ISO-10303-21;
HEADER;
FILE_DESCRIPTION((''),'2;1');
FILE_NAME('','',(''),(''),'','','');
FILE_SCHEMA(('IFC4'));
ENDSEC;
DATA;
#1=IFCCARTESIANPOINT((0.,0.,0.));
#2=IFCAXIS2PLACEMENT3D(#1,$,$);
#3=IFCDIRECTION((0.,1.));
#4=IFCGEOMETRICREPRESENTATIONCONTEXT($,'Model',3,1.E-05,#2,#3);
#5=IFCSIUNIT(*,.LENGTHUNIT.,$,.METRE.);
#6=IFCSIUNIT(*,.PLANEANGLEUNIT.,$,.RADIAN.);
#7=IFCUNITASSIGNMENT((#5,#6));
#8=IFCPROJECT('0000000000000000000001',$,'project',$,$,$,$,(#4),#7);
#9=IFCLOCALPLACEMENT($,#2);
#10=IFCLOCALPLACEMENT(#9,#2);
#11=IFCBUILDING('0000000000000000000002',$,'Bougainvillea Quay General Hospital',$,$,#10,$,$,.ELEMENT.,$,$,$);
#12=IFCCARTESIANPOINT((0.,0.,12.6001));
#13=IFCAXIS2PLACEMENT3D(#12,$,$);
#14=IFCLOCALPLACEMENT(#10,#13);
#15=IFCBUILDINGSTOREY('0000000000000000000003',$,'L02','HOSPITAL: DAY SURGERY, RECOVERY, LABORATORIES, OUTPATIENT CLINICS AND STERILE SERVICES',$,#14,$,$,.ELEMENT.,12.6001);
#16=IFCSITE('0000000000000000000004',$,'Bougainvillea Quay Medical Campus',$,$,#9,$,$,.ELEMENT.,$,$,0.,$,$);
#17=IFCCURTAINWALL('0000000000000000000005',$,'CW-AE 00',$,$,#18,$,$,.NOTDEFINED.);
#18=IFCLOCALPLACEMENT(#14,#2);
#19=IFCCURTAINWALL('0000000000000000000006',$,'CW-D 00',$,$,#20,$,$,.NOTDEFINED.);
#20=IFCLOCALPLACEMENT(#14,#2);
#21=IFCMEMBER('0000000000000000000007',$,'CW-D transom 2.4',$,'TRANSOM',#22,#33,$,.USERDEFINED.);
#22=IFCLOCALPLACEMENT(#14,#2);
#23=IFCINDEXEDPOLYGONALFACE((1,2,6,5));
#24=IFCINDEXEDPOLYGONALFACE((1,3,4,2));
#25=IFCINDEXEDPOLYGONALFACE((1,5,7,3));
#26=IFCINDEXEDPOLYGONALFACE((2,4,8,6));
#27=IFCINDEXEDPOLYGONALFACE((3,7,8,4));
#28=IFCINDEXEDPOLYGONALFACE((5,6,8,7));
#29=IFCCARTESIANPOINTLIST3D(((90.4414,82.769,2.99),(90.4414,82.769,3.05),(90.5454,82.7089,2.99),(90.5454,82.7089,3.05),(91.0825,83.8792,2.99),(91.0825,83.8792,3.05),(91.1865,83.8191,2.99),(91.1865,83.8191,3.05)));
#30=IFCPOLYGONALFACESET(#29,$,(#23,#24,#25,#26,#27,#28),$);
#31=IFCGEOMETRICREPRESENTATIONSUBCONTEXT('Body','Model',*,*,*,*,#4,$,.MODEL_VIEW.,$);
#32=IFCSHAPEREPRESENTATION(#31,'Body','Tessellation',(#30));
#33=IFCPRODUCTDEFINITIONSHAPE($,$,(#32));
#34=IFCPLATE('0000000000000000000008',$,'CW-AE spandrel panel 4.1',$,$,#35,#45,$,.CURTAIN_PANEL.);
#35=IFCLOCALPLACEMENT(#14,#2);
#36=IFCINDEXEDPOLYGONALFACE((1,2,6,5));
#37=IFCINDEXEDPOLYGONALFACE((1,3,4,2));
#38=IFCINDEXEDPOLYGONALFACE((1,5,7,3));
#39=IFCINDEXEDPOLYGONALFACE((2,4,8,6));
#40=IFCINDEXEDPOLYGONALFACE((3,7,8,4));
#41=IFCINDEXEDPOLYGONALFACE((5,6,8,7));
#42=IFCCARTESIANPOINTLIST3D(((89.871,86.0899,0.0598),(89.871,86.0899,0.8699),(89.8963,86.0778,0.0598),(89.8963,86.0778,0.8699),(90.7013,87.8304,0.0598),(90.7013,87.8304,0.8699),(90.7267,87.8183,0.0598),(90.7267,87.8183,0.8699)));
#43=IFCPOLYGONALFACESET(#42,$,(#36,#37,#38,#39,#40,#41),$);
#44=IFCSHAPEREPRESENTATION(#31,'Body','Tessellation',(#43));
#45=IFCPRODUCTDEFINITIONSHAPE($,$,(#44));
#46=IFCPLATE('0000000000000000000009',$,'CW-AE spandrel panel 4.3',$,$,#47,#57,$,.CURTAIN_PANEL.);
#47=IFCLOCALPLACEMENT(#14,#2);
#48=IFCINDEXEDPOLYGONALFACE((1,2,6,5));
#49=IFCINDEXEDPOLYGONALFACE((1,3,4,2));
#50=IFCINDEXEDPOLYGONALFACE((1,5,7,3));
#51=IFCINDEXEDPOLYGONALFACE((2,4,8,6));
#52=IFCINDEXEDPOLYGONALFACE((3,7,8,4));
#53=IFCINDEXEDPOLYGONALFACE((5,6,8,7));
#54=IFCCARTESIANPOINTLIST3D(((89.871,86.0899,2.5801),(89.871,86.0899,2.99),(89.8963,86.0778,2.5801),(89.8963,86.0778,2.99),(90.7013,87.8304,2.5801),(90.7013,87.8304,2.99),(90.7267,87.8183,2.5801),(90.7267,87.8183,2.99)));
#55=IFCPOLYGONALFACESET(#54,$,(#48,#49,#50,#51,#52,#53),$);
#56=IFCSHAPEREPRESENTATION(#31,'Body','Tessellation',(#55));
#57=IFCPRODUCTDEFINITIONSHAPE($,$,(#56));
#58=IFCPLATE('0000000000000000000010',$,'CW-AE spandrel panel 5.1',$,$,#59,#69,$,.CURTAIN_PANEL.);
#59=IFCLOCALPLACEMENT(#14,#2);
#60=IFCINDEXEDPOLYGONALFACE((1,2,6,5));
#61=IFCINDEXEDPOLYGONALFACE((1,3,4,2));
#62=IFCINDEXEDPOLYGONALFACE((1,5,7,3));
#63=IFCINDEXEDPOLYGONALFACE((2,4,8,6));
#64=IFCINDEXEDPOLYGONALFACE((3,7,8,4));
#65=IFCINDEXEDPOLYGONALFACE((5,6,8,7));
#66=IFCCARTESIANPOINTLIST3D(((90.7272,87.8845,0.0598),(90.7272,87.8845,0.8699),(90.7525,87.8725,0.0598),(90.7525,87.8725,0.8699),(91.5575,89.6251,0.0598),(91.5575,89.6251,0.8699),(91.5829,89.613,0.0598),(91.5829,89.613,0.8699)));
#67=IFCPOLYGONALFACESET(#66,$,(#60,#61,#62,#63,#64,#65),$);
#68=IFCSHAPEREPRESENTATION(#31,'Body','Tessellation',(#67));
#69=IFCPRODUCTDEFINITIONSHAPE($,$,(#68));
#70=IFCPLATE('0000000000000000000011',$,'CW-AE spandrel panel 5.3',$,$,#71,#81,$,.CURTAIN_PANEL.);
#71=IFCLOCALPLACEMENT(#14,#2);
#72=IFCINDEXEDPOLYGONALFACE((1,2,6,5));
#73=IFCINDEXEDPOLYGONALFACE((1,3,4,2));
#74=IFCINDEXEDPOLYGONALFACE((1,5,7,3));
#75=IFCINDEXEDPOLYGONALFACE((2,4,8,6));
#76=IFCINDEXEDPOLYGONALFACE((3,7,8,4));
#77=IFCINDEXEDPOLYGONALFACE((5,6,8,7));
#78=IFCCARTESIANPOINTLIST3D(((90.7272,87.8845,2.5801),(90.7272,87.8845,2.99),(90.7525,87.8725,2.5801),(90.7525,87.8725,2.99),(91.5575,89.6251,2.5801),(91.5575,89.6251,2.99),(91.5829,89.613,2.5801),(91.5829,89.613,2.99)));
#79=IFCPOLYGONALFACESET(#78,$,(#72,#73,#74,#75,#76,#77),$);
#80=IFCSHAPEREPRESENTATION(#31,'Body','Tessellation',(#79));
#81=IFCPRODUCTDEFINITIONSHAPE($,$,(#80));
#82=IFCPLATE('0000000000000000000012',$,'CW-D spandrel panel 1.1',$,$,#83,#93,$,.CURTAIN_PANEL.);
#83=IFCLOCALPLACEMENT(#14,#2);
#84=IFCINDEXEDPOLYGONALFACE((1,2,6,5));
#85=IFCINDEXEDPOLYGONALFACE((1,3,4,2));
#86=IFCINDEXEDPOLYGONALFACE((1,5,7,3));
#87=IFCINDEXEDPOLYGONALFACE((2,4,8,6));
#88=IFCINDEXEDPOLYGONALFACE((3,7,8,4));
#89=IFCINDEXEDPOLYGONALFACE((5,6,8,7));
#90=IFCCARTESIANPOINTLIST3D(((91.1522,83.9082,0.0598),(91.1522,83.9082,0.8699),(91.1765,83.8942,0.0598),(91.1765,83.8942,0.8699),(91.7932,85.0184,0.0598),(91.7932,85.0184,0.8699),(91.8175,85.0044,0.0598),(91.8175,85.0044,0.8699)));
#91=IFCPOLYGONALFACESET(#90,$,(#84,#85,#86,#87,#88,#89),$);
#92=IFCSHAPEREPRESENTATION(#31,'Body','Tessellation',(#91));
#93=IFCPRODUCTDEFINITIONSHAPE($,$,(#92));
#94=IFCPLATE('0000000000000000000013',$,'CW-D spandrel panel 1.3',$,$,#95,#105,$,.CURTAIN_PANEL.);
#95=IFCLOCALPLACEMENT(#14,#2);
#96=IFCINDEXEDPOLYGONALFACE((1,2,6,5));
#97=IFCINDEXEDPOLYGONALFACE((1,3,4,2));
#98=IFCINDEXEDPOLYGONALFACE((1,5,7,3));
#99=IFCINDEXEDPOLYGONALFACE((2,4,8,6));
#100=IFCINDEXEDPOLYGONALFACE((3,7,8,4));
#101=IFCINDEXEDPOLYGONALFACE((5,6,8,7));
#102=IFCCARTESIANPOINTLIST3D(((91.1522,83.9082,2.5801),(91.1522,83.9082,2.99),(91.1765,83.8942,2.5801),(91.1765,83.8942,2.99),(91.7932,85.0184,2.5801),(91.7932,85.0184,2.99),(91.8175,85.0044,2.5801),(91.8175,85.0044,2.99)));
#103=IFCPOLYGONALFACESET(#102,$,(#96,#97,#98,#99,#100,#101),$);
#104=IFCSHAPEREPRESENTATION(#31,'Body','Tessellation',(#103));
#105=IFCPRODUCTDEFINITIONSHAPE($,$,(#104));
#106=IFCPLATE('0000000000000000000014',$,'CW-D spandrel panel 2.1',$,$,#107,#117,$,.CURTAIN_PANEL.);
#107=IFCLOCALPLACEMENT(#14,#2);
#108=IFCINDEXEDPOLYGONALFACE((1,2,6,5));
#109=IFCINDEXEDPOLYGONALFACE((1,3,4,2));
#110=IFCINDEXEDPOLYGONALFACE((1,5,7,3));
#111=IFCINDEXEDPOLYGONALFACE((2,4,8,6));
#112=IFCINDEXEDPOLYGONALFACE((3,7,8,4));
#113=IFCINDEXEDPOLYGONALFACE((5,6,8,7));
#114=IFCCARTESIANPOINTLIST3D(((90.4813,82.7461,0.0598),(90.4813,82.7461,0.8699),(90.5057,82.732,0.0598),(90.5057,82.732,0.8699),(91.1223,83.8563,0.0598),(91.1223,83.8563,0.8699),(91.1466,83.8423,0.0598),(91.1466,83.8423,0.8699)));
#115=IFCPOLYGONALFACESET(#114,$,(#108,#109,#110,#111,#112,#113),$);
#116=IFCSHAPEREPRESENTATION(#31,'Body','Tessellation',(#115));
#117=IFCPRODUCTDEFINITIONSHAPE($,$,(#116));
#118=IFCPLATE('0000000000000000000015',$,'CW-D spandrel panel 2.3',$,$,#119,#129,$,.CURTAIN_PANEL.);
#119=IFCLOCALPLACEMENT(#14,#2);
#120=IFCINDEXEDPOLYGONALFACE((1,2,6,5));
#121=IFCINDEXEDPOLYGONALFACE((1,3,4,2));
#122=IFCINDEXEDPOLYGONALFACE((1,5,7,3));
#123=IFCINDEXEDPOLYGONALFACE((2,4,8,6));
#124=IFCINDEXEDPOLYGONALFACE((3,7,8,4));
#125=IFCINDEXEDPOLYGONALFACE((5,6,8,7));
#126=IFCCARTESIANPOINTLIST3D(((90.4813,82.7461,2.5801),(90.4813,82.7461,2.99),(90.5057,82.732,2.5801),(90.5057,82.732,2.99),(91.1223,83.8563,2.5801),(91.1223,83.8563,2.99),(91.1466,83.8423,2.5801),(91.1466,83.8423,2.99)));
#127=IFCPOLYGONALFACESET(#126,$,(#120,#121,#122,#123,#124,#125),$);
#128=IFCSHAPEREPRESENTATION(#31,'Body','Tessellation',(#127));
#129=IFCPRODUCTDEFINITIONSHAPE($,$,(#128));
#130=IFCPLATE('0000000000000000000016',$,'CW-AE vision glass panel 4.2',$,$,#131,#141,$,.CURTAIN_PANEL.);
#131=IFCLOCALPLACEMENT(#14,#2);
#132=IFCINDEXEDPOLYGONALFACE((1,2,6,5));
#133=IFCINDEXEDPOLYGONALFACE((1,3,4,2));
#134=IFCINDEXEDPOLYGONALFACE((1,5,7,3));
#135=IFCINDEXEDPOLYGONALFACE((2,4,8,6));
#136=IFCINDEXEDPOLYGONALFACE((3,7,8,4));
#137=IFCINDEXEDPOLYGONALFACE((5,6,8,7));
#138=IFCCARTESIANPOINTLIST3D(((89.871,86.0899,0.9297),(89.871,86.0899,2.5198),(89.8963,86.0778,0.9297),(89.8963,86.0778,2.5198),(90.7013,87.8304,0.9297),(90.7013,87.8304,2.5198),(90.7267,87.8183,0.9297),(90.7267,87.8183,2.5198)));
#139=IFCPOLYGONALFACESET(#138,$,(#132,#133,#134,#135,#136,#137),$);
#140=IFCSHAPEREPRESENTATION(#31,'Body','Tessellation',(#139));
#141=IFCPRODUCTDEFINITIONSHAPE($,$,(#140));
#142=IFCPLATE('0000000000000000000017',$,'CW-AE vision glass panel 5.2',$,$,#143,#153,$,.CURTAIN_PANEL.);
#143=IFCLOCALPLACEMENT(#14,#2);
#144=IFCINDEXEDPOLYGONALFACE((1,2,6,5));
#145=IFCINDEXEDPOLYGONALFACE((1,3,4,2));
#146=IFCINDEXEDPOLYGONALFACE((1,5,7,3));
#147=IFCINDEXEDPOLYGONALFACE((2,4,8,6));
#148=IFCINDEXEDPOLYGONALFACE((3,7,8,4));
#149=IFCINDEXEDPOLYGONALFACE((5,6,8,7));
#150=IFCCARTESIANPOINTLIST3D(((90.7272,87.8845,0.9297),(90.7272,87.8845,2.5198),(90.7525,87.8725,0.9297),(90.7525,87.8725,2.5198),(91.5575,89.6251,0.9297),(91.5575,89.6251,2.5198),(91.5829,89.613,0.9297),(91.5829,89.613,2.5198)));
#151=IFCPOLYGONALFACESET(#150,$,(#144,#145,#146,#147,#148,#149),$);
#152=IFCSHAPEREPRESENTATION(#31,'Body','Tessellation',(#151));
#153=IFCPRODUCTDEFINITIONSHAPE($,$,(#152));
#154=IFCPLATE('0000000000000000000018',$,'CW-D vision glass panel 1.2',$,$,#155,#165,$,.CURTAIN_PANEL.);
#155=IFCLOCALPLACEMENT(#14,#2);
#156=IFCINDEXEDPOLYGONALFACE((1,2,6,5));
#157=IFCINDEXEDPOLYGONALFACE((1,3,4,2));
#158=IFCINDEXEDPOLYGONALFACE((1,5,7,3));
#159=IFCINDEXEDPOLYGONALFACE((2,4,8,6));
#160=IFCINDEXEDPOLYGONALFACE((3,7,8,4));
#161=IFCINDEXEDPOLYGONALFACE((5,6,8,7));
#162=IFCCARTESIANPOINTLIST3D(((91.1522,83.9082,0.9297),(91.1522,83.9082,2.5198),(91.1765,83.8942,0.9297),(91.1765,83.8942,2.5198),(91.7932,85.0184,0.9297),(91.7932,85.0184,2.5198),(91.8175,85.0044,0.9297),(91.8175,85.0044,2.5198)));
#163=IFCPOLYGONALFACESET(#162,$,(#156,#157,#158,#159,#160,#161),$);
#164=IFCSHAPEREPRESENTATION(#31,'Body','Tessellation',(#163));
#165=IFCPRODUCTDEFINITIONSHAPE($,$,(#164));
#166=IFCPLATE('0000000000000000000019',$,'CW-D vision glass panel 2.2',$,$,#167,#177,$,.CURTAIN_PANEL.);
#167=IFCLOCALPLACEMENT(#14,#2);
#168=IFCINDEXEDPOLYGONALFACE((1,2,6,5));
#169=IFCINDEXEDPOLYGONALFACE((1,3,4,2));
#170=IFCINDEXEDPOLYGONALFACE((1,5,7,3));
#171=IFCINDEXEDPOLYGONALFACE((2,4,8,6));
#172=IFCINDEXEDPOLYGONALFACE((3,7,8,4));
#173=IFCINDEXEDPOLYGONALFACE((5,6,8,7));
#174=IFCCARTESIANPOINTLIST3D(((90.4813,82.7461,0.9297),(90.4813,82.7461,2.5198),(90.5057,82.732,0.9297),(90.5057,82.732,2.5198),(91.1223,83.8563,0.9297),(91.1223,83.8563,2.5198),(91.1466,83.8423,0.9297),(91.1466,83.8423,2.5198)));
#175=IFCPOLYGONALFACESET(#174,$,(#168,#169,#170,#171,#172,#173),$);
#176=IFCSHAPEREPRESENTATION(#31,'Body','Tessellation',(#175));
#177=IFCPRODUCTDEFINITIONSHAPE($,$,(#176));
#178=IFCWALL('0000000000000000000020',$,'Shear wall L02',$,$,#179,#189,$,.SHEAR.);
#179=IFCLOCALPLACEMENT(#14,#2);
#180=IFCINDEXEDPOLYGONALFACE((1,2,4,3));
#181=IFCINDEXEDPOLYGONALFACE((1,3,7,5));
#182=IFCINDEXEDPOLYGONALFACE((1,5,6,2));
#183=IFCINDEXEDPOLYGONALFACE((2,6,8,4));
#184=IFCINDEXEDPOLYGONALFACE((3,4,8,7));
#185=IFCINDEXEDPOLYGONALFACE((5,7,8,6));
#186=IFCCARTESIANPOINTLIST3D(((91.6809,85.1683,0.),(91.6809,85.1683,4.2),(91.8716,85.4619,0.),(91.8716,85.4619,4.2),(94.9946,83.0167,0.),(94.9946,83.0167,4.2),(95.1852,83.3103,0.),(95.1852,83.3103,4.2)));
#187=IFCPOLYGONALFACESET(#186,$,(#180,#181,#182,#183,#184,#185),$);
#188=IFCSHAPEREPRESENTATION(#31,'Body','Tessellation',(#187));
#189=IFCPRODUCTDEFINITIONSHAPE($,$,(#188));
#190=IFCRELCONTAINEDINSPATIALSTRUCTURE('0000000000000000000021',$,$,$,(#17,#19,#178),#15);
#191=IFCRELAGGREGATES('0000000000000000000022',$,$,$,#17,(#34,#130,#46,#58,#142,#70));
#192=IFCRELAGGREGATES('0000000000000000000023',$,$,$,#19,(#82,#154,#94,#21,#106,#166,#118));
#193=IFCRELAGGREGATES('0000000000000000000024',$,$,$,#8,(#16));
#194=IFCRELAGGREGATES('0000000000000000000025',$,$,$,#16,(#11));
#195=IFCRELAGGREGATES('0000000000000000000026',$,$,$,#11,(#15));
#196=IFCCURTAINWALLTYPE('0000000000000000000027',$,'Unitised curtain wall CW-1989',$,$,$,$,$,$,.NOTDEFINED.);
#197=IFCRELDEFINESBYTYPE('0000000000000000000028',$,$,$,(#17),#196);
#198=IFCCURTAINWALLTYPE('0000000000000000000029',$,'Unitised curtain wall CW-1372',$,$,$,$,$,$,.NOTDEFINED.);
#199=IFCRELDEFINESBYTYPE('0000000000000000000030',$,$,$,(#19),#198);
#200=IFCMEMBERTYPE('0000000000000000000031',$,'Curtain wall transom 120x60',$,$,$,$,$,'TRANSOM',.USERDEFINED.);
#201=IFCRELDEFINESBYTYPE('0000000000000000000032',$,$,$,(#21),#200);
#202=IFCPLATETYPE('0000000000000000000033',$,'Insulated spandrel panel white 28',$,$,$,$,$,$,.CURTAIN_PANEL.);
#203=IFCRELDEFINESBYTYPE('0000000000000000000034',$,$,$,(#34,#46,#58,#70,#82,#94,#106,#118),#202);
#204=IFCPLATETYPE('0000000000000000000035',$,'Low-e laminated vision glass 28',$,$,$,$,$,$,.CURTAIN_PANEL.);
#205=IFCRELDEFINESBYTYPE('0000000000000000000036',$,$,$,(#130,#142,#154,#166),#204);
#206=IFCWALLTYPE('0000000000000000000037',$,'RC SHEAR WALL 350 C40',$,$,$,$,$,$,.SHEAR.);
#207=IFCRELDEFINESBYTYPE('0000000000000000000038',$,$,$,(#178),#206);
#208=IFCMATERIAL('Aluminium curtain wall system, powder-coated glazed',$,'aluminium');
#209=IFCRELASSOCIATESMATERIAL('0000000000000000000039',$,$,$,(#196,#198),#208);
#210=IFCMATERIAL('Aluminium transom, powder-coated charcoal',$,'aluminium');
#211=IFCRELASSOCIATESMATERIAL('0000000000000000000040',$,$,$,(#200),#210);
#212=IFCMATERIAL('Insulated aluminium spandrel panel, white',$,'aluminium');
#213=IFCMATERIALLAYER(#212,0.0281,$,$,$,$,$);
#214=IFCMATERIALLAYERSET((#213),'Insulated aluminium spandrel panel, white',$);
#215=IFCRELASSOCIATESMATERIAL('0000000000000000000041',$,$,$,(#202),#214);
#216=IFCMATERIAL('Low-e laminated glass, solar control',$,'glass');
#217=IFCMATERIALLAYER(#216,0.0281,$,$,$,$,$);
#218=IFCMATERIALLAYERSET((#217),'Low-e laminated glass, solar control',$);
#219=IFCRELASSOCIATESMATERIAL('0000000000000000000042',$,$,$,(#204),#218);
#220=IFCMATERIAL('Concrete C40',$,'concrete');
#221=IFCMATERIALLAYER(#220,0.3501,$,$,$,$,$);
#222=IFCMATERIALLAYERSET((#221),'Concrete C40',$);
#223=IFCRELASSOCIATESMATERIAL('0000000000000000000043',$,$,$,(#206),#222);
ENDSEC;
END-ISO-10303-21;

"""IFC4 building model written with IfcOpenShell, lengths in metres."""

from ifc_helpers import new_model, si_unit, direction, frame, frame_2d, origin, origin_2d, place, context, subcontext, project, spatial, rectangle, extrude, material, layer, layer_set, material_profile, profile_set, type_object, element, aggregate, save


model = new_model("IFC4")

# Units and contexts
model_context = context("Model", 3, precision=1e-05, world=origin(), true_north=direction((0.0, 1.0)))
body_context = subcontext(model_context, "Body", "Model", "MODEL_VIEW")
ifc_project = project(units=[si_unit("LENGTHUNIT", "METRE"), si_unit("PLANEANGLEUNIT", "RADIAN")], contexts=[model_context])

# Site, building, storey
site_placement = place(None, origin())
site = spatial("IfcSite", under=ifc_project, at=site_placement, Name="Bougainvillea Quay Medical Campus", CompositionType="ELEMENT", RefElevation=0.0)
building_placement = place(site_placement, origin())
building = spatial("IfcBuilding", under=site, at=building_placement, Name="Bougainvillea Quay General Hospital", CompositionType="ELEMENT")
storey_placement = place(building_placement, frame((0.0, 0.0, 12.6001)))
storey = spatial("IfcBuildingStorey", under=building, at=storey_placement, Name="L02", Description="HOSPITAL: DAY SURGERY, RECOVERY, LABORATORIES, OUTPATIENT CLINICS AND STERILE SERVICES", CompositionType="ELEMENT", Elevation=12.6001)

# Curtain wall
ifc_material_1 = material(Name="Aluminium curtain wall system, powder-coated glazed", Category="aluminium")
curtain_wall_type_1 = type_object("IfcCurtainWallType", Name="Unitised curtain wall CW-1989", PredefinedType="NOTDEFINED", material=ifc_material_1)
curtain_wall_1_placement = place(storey_placement, origin())
curtain_wall_1 = element("IfcCurtainWall", 1, at=curtain_wall_1_placement, inside=storey, type_object=curtain_wall_type_1, Name="CW-AE 00", PredefinedType="NOTDEFINED")

# Curtain wall
curtain_wall_type_2 = type_object("IfcCurtainWallType", Name="Unitised curtain wall CW-1372", PredefinedType="NOTDEFINED", material=ifc_material_1)
curtain_wall_2_placement = place(storey_placement, origin())
curtain_wall_2 = element("IfcCurtainWall", 2, at=curtain_wall_2_placement, inside=storey, type_object=curtain_wall_type_2, Name="CW-D 00", PredefinedType="NOTDEFINED")

# Member
ifc_material_2 = material(Name="Aluminium transom, powder-coated charcoal", Category="aluminium")
ifc_material_profile_1 = material_profile(ifc_material_2, rectangle(XDim=0.1201, YDim=0.0601, at=origin_2d()))
ifc_profile_set_1 = profile_set([ifc_material_profile_1], Name="Aluminium transom, powder-coated charcoal")
member_type_1 = type_object("IfcMemberType", Name="Curtain wall transom 120x60", ElementType="TRANSOM", PredefinedType="USERDEFINED", material=ifc_profile_set_1)
member_1_placement = place(storey_placement, frame((91.1345, 83.8491, 3.02), z_axis=(-0.500113, -0.86596, 0.0), x_axis=(0.86596, -0.500113, 0.0)))
member_1 = element("IfcMember", 3, at=member_1_placement, type_object=member_type_1, Name="CW-D transom 2.4", ObjectType="TRANSOM", PredefinedType="USERDEFINED", context=body_context, shape_type="SweptSolid", body=[
    extrude(rectangle(XDim=0.1201, YDim=0.0601, at=origin_2d()), origin(), (0.0, 0.0, 1.0), 1.282),
])

# Plates
ifc_material_3 = material(Name="Insulated aluminium spandrel panel, white", Category="aluminium")
ifc_layer_1 = layer(ifc_material_3, 0.0281)
ifc_layer_set_1 = layer_set([ifc_layer_1], Name="Insulated aluminium spandrel panel, white")
plate_type_1 = type_object("IfcPlateType", Name="Insulated spandrel panel white 28", PredefinedType="CURTAIN_PANEL", material=ifc_layer_set_1)
plate_1_placement = place(storey_placement, frame((90.2988, 86.9541, 0.0598), z_axis=(0.0, 0.0, 1.0), x_axis=(0.430563, 0.902561, 0.0)))
plate_1 = element("IfcPlate", 4, at=plate_1_placement, type_object=plate_type_1, Name="CW-AE spandrel panel 4.1", PredefinedType="CURTAIN_PANEL", context=body_context, shape_type="SweptSolid", body=[
    extrude(rectangle(XDim=1.9285, YDim=0.0281, at=origin_2d()), origin(), (0.0, 0.0, 1.0), 0.8101),
])
plate_2_placement = place(storey_placement, frame((90.2988, 86.9541, 2.5801), z_axis=(0.0, 0.0, 1.0), x_axis=(0.430563, 0.902561, 0.0)))
plate_2 = element("IfcPlate", 5, at=plate_2_placement, type_object=plate_type_1, Name="CW-AE spandrel panel 4.3", PredefinedType="CURTAIN_PANEL", context=body_context, shape_type="SweptSolid", body=[
    extrude(rectangle(XDim=1.9285, YDim=0.0281, at=origin_2d()), origin(), (0.0, 0.0, 1.0), 0.4099),
])
plate_3_placement = place(storey_placement, frame((91.155, 88.7488, 0.0598), z_axis=(0.0, 0.0, 1.0), x_axis=(0.430563, 0.902561, 0.0)))
plate_3 = element("IfcPlate", 6, at=plate_3_placement, type_object=plate_type_1, Name="CW-AE spandrel panel 5.1", PredefinedType="CURTAIN_PANEL", context=body_context, shape_type="SweptSolid", body=[
    extrude(rectangle(XDim=1.9285, YDim=0.0281, at=origin_2d()), origin(), (0.0, 0.0, 1.0), 0.8101),
])
plate_4_placement = place(storey_placement, frame((91.155, 88.7488, 2.5801), z_axis=(0.0, 0.0, 1.0), x_axis=(0.430563, 0.902561, 0.0)))
plate_4 = element("IfcPlate", 7, at=plate_4_placement, type_object=plate_type_1, Name="CW-AE spandrel panel 5.3", PredefinedType="CURTAIN_PANEL", context=body_context, shape_type="SweptSolid", body=[
    extrude(rectangle(XDim=1.9285, YDim=0.0281, at=origin_2d()), origin(), (0.0, 0.0, 1.0), 0.4099),
])
plate_5_placement = place(storey_placement, frame((91.4849, 84.4563, 0.0598), z_axis=(0.0, 0.0, 1.0), x_axis=(-0.499962, -0.866048, 0.0)))
plate_5 = element("IfcPlate", 8, at=plate_5_placement, type_object=plate_type_1, Name="CW-D spandrel panel 1.1", PredefinedType="CURTAIN_PANEL", context=body_context, shape_type="SweptSolid", body=[
    extrude(rectangle(XDim=1.282, YDim=0.0281, at=origin_2d()), origin(), (0.0, 0.0, 1.0), 0.8101),
])
plate_6_placement = place(storey_placement, frame((91.4849, 84.4563, 2.5801), z_axis=(0.0, 0.0, 1.0), x_axis=(-0.499962, -0.866048, 0.0)))
plate_6 = element("IfcPlate", 9, at=plate_6_placement, type_object=plate_type_1, Name="CW-D spandrel panel 1.3", PredefinedType="CURTAIN_PANEL", context=body_context, shape_type="SweptSolid", body=[
    extrude(rectangle(XDim=1.282, YDim=0.0281, at=origin_2d()), origin(), (0.0, 0.0, 1.0), 0.4099),
])
plate_7_placement = place(storey_placement, frame((90.814, 83.2942, 0.0598), z_axis=(0.0, 0.0, 1.0), x_axis=(-0.499962, -0.866048, 0.0)))
plate_7 = element("IfcPlate", 10, at=plate_7_placement, type_object=plate_type_1, Name="CW-D spandrel panel 2.1", PredefinedType="CURTAIN_PANEL", context=body_context, shape_type="SweptSolid", body=[
    extrude(rectangle(XDim=1.282, YDim=0.0281, at=origin_2d()), origin(), (0.0, 0.0, 1.0), 0.8101),
])
plate_8_placement = place(storey_placement, frame((90.814, 83.2942, 2.5801), z_axis=(0.0, 0.0, 1.0), x_axis=(-0.499962, -0.866048, 0.0)))
plate_8 = element("IfcPlate", 11, at=plate_8_placement, type_object=plate_type_1, Name="CW-D spandrel panel 2.3", PredefinedType="CURTAIN_PANEL", context=body_context, shape_type="SweptSolid", body=[
    extrude(rectangle(XDim=1.282, YDim=0.0281, at=origin_2d()), origin(), (0.0, 0.0, 1.0), 0.4099),
])
ifc_material_4 = material(Name="Low-e laminated glass, solar control", Category="glass")
ifc_layer_2 = layer(ifc_material_4, 0.0281)
ifc_layer_set_2 = layer_set([ifc_layer_2], Name="Low-e laminated glass, solar control")
plate_type_2 = type_object("IfcPlateType", Name="Low-e laminated vision glass 28", PredefinedType="CURTAIN_PANEL", material=ifc_layer_set_2)
plate_9_placement = place(storey_placement, frame((90.2988, 86.9541, 0.9297), z_axis=(0.0, 0.0, 1.0), x_axis=(0.430563, 0.902561, 0.0)))
plate_9 = element("IfcPlate", 12, at=plate_9_placement, type_object=plate_type_2, Name="CW-AE vision glass panel 4.2", PredefinedType="CURTAIN_PANEL", context=body_context, shape_type="SweptSolid", body=[
    extrude(rectangle(XDim=1.9285, YDim=0.0281, at=origin_2d()), origin(), (0.0, 0.0, 1.0), 1.5901),
])
plate_10_placement = place(storey_placement, frame((91.155, 88.7488, 0.9297), z_axis=(0.0, 0.0, 1.0), x_axis=(0.430563, 0.902561, 0.0)))
plate_10 = element("IfcPlate", 13, at=plate_10_placement, type_object=plate_type_2, Name="CW-AE vision glass panel 5.2", PredefinedType="CURTAIN_PANEL", context=body_context, shape_type="SweptSolid", body=[
    extrude(rectangle(XDim=1.9285, YDim=0.0281, at=origin_2d()), origin(), (0.0, 0.0, 1.0), 1.5901),
])
aggregate(curtain_wall_1, [plate_1, plate_9, plate_2, plate_3, plate_10, plate_4])
plate_11_placement = place(storey_placement, frame((91.4849, 84.4563, 0.9297), z_axis=(0.0, 0.0, 1.0), x_axis=(-0.499962, -0.866048, 0.0)))
plate_11 = element("IfcPlate", 14, at=plate_11_placement, type_object=plate_type_2, Name="CW-D vision glass panel 1.2", PredefinedType="CURTAIN_PANEL", context=body_context, shape_type="SweptSolid", body=[
    extrude(rectangle(XDim=1.282, YDim=0.0281, at=origin_2d()), origin(), (0.0, 0.0, 1.0), 1.5901),
])
plate_12_placement = place(storey_placement, frame((90.814, 83.2942, 0.9297), z_axis=(0.0, 0.0, 1.0), x_axis=(-0.499962, -0.866048, 0.0)))
plate_12 = element("IfcPlate", 15, at=plate_12_placement, type_object=plate_type_2, Name="CW-D vision glass panel 2.2", PredefinedType="CURTAIN_PANEL", context=body_context, shape_type="SweptSolid", body=[
    extrude(rectangle(XDim=1.282, YDim=0.0281, at=origin_2d()), origin(), (0.0, 0.0, 1.0), 1.5901),
])
aggregate(curtain_wall_2, [plate_5, plate_11, plate_6, member_1, plate_7, plate_12, plate_8])

# Wall
ifc_material_5 = material(Name="Concrete C40", Category="concrete")
ifc_layer_3 = layer(ifc_material_5, 0.3501)
ifc_layer_set_3 = layer_set([ifc_layer_3], Name="Concrete C40")
wall_type = type_object("IfcWallType", Name="RC SHEAR WALL 350 C40", PredefinedType="SHEAR", material=ifc_layer_set_3)
wall_placement = place(storey_placement, frame((91.7761, 85.3152, 0.0), z_axis=(0.0, 0.0, 1.0), x_axis=(0.83871, -0.544578, 0.0)))
element("IfcWall", 16, at=wall_placement, inside=storey, type_object=wall_type, Name="Shear wall L02", PredefinedType="SHEAR", context=body_context, shape_type="SweptSolid", body=[
    extrude(rectangle(XDim=3.9509, YDim=0.3501, at=frame_2d((1.9756, 0.0))), origin(), (0.0, 0.0, 1.0), 4.2),
])

save(model, "model.ifc")
